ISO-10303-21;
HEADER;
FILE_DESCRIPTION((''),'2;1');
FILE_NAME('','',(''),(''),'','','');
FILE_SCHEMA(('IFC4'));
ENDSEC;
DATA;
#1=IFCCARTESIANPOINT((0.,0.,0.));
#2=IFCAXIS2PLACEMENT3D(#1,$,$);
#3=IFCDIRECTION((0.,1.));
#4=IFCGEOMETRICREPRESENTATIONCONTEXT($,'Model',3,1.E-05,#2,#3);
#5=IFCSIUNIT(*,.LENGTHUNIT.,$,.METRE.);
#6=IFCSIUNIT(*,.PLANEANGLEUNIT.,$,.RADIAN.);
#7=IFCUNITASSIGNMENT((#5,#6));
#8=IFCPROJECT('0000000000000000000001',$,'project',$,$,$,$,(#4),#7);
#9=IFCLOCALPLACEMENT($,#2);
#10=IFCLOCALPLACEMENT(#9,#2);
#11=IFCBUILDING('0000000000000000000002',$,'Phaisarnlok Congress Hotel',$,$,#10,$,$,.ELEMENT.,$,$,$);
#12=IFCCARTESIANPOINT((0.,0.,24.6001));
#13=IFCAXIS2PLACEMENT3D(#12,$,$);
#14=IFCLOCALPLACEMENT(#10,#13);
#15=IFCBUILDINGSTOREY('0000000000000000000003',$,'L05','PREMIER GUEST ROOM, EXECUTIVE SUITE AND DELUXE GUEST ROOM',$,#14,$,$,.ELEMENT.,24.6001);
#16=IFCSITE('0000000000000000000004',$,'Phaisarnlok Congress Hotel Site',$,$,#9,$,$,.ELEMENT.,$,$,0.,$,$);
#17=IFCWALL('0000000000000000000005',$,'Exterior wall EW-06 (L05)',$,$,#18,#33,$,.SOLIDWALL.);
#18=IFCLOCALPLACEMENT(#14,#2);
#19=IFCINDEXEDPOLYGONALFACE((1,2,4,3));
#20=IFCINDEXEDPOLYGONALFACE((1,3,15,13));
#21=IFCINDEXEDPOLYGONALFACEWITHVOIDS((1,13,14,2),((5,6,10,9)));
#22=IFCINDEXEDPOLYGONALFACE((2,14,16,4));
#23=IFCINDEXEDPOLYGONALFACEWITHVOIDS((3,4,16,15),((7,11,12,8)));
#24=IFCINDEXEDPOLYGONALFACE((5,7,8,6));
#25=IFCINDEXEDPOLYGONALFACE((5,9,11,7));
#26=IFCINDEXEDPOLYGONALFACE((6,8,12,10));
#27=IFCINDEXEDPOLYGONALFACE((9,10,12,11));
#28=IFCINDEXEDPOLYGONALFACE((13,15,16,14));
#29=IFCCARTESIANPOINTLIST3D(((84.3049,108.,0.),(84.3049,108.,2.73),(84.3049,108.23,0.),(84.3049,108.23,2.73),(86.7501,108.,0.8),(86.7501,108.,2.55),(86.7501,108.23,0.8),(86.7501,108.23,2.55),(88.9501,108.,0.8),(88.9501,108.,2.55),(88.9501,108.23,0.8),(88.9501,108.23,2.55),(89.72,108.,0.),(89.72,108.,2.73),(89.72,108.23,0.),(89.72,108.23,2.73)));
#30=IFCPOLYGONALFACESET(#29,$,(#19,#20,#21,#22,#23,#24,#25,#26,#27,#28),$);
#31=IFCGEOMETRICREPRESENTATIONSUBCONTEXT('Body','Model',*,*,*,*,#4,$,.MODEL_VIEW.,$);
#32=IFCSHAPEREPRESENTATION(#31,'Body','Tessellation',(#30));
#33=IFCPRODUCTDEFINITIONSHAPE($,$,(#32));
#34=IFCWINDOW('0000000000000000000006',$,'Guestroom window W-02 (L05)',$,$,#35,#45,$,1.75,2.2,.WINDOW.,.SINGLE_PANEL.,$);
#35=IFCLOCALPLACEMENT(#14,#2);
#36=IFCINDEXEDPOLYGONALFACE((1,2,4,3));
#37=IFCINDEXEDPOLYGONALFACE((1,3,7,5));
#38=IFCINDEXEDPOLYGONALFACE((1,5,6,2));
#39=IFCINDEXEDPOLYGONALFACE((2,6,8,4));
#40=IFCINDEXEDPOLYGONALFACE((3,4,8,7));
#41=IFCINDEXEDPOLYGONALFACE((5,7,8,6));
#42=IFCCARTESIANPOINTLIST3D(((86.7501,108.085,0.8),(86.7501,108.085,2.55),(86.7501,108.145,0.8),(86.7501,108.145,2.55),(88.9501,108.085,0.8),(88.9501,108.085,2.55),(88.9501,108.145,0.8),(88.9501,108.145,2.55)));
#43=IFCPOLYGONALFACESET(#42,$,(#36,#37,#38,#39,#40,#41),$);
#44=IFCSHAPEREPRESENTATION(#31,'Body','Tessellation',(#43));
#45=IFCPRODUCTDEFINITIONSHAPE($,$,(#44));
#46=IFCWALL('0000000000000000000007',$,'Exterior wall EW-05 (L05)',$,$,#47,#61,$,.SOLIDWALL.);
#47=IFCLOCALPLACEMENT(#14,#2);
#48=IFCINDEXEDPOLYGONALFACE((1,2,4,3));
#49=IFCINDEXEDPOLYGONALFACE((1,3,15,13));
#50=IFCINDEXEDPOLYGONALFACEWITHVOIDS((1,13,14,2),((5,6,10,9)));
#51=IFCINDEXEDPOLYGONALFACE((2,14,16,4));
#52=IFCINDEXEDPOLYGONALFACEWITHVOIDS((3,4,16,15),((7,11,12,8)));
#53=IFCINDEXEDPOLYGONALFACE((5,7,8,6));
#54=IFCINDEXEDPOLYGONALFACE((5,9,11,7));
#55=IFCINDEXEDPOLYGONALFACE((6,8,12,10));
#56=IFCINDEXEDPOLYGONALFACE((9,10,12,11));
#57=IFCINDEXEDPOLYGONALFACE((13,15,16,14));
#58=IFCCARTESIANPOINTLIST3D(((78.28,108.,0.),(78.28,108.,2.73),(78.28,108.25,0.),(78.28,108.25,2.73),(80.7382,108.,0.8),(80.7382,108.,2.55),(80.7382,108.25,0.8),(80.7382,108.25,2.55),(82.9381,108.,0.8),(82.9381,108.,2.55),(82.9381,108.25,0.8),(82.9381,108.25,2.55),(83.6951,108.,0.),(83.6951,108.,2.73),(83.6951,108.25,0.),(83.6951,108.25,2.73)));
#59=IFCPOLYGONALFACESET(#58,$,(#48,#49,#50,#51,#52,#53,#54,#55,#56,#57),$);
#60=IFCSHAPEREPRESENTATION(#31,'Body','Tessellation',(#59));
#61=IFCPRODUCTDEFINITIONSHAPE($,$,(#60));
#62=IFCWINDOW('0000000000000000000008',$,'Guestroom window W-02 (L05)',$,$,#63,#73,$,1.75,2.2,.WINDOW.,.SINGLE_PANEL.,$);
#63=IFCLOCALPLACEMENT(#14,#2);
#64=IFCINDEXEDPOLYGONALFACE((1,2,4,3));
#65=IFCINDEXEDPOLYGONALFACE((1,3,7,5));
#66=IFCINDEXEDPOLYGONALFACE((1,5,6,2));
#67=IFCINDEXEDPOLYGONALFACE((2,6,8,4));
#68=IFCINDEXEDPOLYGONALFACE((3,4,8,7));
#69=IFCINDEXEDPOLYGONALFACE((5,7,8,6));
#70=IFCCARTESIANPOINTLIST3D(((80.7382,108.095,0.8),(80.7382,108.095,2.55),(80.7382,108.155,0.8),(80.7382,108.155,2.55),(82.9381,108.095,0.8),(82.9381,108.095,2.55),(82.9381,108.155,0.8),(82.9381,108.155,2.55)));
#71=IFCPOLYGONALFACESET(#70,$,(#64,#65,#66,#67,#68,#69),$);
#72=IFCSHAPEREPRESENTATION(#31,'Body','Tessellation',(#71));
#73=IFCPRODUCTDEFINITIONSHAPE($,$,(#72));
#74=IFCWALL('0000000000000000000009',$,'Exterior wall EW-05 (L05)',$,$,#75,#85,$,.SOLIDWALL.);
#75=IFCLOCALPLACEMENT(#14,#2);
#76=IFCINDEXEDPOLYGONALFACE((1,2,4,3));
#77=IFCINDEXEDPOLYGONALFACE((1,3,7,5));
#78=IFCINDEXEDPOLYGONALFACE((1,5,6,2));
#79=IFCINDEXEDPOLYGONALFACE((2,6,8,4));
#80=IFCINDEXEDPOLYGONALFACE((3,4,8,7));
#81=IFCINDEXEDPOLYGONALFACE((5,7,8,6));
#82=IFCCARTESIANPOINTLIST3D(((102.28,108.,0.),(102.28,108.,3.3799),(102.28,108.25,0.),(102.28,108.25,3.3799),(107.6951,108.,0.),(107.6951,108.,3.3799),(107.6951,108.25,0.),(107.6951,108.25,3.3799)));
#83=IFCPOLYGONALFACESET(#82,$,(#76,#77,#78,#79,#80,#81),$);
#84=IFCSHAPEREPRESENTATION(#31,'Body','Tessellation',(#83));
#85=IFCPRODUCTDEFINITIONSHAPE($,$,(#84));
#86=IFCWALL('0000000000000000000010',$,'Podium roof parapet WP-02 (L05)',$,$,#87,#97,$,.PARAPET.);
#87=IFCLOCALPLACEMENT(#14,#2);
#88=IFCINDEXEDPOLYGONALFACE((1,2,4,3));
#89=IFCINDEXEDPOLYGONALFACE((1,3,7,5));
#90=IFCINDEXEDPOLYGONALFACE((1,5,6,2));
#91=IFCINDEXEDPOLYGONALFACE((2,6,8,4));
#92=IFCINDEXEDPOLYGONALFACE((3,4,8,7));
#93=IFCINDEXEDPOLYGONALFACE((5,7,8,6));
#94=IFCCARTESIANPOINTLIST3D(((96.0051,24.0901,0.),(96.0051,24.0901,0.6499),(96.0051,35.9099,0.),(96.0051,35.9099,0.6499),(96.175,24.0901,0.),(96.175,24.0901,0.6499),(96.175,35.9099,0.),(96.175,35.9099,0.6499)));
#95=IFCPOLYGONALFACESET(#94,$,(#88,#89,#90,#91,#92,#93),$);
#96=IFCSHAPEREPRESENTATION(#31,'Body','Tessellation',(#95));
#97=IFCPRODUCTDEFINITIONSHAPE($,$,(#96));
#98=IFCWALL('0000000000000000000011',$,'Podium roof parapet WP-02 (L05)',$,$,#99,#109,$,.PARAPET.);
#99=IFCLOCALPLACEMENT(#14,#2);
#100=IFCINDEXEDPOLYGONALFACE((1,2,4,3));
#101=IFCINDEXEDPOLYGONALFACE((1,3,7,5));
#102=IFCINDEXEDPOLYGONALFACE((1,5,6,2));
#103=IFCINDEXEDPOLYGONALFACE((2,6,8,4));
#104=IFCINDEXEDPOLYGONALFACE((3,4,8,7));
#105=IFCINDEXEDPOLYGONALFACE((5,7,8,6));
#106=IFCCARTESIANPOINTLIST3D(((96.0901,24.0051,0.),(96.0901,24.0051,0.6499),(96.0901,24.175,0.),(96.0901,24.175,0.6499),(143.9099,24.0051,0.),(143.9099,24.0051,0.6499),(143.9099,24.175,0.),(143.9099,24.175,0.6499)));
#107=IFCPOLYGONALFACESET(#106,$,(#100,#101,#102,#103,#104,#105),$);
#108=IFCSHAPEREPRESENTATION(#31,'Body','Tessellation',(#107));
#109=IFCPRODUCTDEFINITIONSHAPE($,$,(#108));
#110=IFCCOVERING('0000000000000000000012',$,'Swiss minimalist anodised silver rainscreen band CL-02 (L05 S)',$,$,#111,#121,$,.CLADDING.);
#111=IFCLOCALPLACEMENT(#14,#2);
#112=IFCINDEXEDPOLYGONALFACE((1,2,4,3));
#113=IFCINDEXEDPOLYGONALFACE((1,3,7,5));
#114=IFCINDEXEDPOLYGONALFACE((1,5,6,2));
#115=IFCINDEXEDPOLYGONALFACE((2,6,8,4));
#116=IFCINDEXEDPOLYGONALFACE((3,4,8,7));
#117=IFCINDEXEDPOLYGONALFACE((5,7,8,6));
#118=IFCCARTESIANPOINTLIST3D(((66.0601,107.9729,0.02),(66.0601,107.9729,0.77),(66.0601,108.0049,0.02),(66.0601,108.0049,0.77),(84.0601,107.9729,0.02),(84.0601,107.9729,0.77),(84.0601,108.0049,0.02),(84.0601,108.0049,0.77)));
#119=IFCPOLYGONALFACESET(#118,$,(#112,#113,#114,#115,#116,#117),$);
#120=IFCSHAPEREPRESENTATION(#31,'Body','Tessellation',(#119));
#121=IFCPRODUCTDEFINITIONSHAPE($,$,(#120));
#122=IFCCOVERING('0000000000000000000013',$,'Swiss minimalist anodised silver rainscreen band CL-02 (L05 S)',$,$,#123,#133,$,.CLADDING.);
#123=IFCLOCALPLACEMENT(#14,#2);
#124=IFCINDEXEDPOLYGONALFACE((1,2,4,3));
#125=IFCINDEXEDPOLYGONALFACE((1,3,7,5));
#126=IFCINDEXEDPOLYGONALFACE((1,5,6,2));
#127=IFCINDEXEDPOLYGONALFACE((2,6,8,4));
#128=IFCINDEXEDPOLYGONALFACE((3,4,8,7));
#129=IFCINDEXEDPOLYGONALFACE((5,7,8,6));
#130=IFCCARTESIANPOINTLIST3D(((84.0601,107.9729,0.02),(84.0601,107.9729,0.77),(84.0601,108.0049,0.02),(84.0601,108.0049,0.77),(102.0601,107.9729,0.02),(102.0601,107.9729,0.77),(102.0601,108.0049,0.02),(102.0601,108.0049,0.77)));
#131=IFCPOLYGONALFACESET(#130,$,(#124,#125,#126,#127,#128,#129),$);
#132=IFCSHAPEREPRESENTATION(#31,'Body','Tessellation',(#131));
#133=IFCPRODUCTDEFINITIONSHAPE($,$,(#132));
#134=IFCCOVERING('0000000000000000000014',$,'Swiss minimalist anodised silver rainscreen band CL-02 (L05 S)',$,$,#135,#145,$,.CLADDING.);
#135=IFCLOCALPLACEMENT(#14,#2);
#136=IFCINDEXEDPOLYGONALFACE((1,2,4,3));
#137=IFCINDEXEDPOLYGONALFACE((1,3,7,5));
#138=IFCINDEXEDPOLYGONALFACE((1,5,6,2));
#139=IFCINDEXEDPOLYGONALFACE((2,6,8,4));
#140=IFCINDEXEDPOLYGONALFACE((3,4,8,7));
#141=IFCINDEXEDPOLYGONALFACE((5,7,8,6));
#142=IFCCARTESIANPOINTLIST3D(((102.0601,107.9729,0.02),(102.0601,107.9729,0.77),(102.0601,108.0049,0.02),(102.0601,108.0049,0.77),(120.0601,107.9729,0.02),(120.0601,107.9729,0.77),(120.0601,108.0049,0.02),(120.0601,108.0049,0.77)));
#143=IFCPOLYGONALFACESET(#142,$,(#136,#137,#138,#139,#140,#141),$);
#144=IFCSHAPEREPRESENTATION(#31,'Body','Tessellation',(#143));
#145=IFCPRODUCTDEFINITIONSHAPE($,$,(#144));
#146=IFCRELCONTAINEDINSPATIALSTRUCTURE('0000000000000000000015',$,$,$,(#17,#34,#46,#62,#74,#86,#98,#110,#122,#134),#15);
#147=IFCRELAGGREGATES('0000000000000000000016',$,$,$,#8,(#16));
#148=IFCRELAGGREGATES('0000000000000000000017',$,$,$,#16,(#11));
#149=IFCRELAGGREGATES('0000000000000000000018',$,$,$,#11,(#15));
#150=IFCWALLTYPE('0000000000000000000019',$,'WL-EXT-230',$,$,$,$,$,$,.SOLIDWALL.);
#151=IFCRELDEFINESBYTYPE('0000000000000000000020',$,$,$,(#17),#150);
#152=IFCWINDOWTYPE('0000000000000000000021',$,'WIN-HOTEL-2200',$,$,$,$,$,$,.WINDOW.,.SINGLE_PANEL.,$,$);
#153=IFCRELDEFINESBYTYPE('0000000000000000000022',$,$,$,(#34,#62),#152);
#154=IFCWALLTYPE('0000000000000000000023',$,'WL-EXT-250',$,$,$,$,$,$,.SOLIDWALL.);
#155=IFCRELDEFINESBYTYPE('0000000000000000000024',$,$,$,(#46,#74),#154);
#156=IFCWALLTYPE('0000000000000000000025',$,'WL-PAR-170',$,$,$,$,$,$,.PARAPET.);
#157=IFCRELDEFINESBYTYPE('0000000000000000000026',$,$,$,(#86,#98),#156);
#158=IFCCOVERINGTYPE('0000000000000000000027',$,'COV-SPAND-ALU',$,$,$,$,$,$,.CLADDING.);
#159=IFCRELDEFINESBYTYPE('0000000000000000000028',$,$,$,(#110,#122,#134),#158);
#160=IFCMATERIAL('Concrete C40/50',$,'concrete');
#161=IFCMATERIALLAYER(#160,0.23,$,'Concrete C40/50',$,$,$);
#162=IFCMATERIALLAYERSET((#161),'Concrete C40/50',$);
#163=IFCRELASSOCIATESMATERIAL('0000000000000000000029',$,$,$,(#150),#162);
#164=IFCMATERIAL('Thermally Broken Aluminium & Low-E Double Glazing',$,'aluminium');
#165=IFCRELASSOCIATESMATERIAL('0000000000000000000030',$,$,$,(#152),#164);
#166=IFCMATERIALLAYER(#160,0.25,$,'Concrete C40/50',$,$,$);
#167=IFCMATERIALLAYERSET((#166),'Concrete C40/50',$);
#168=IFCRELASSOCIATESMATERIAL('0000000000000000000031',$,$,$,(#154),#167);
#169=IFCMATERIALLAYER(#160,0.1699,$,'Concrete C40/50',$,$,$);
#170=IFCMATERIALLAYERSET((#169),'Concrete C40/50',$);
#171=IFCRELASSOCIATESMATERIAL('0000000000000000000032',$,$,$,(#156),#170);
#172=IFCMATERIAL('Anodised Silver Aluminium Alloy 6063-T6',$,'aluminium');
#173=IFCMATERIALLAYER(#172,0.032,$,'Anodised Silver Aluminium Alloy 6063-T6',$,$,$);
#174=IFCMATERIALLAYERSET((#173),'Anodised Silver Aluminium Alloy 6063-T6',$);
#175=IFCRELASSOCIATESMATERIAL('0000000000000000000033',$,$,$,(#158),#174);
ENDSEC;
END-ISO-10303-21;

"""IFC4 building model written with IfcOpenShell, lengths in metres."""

from ifc_helpers import new_model, si_unit, direction, frame, frame_2d, origin, place, context, subcontext, project, spatial, polyline, rectangle, outline, extrude, material, layer, layer_set, type_object, element, fill, save


model = new_model("IFC4")

# Units and contexts
model_context = context("Model", 3, precision=1e-05, world=origin(), true_north=direction((0.0, 1.0)))
body_context = subcontext(model_context, "Body", "Model", "MODEL_VIEW")
ifc_project = project(units=[si_unit("LENGTHUNIT", "METRE"), si_unit("PLANEANGLEUNIT", "RADIAN")], contexts=[model_context])

# Site, building, storey
site_placement = place(None, origin())
site = spatial("IfcSite", under=ifc_project, at=site_placement, Name="Phaisarnlok Congress Hotel Site", CompositionType="ELEMENT", RefElevation=0.0)
building_placement = place(site_placement, origin())
building = spatial("IfcBuilding", under=site, at=building_placement, Name="Phaisarnlok Congress Hotel", CompositionType="ELEMENT")
storey_placement = place(building_placement, frame((0.0, 0.0, 24.6001)))
storey = spatial("IfcBuildingStorey", under=building, at=storey_placement, Name="L05", Description="PREMIER GUEST ROOM, EXECUTIVE SUITE AND DELUXE GUEST ROOM", CompositionType="ELEMENT", Elevation=24.6001)

# Shared definitions
ifc_material_1 = material(Name="Concrete C40/50", Category="concrete")

# Walls, openings, windows
ifc_layer_1 = layer(ifc_material_1, 0.23, Name="Concrete C40/50")
ifc_layer_set_1 = layer_set([ifc_layer_1], Name="Concrete C40/50")
wall_type_1 = type_object("IfcWallType", Name="WL-EXT-230", PredefinedType="SOLIDWALL", material=ifc_layer_set_1)
wall_1_placement = place(storey_placement, frame((84.3049, 108.115, 0.0), z_axis=(0.0, 0.0, 1.0), x_axis=(1.0, 0.0, 0.0)))
wall_1 = element("IfcWall", 1, at=wall_1_placement, inside=storey, type_object=wall_type_1, Name="Exterior wall EW-06 (L05)", PredefinedType="SOLIDWALL", context=body_context, shape_type="SweptSolid", body=[
    extrude(rectangle(XDim=5.415, YDim=0.23, at=frame_2d((2.7075, 0.0))), origin(), (0.0, 0.0, 1.0), 2.73),
])
opening_1_placement = place(wall_1_placement, frame((2.4451, 0.0, 0.8)))
opening_1 = element("IfcOpeningElement", 2, at=opening_1_placement, cuts=wall_1, PredefinedType="OPENING", context=body_context, shape_type="SweptSolid", body=[
    extrude(rectangle(XDim=2.2, YDim=1.75, at=frame_2d((1.1001, 0.875))), frame((0.0, 0.125, 0.0), z_axis=(0.0, -1.0, 0.0), x_axis=(1.0, 0.0, 0.0)), (0.0, 0.0, 1.0), 0.25),
])
ifc_material_2 = material(Name="Thermally Broken Aluminium & Low-E Double Glazing", Category="aluminium")
window_type = type_object("IfcWindowType", Name="WIN-HOTEL-2200", PartitioningType="SINGLE_PANEL", PredefinedType="WINDOW", material=ifc_material_2)
window_1_placement = place(opening_1_placement, origin())
window_1 = element("IfcWindow", 3, at=window_1_placement, inside=storey, type_object=window_type, Name="Guestroom window W-02 (L05)", OverallHeight=1.75, OverallWidth=2.2, PartitioningType="SINGLE_PANEL", PredefinedType="WINDOW", context=body_context, shape_type="SweptSolid", body=[
    extrude(rectangle(XDim=2.2, YDim=1.75, at=frame_2d((1.1001, 0.875))), frame((0.0, 0.03, 0.0), z_axis=(0.0, -1.0, 0.0), x_axis=(1.0, 0.0, 0.0)), (0.0, 0.0, 1.0), 0.0601),
])
fill(opening_1, window_1)
ifc_layer_2 = layer(ifc_material_1, 0.25, Name="Concrete C40/50")
ifc_layer_set_2 = layer_set([ifc_layer_2], Name="Concrete C40/50")
wall_type_2 = type_object("IfcWallType", Name="WL-EXT-250", PredefinedType="SOLIDWALL", material=ifc_layer_set_2)
wall_2_placement = place(storey_placement, frame((78.28, 108.125, 0.0), z_axis=(0.0, 0.0, 1.0), x_axis=(1.0, 0.0, 0.0)))
wall_2 = element("IfcWall", 4, at=wall_2_placement, inside=storey, type_object=wall_type_2, Name="Exterior wall EW-05 (L05)", PredefinedType="SOLIDWALL", context=body_context, shape_type="SweptSolid", body=[
    extrude(rectangle(XDim=5.415, YDim=0.25, at=frame_2d((2.7075, 0.0))), origin(), (0.0, 0.0, 1.0), 2.73),
])
opening_2_placement = place(wall_2_placement, frame((2.458, 0.0, 0.8)))
opening_2 = element("IfcOpeningElement", 5, at=opening_2_placement, cuts=wall_2, PredefinedType="OPENING", context=body_context, shape_type="SweptSolid", body=[
    extrude(rectangle(XDim=2.2, YDim=1.75, at=frame_2d((1.1001, 0.875))), frame((0.0, 0.135, 0.0), z_axis=(0.0, -1.0, 0.0), x_axis=(1.0, 0.0, 0.0)), (0.0, 0.0, 1.0), 0.27),
])
window_2_placement = place(opening_2_placement, origin())
window_2 = element("IfcWindow", 6, at=window_2_placement, inside=storey, type_object=window_type, Name="Guestroom window W-02 (L05)", OverallHeight=1.75, OverallWidth=2.2, PartitioningType="SINGLE_PANEL", PredefinedType="WINDOW", context=body_context, shape_type="SweptSolid", body=[
    extrude(rectangle(XDim=2.2, YDim=1.75, at=frame_2d((1.1001, 0.875))), frame((0.0, 0.03, 0.0), z_axis=(0.0, -1.0, 0.0), x_axis=(1.0, 0.0, 0.0)), (0.0, 0.0, 1.0), 0.0601),
])
fill(opening_2, window_2)

# Walls
wall_3_placement = place(storey_placement, frame((102.28, 108.125, 0.0), z_axis=(0.0, 0.0, 1.0), x_axis=(1.0, 0.0, 0.0)))
element("IfcWall", 7, at=wall_3_placement, inside=storey, type_object=wall_type_2, Name="Exterior wall EW-05 (L05)", PredefinedType="SOLIDWALL", context=body_context, shape_type="SweptSolid", body=[
    extrude(rectangle(XDim=5.415, YDim=0.25, at=frame_2d((2.7075, 0.0))), origin(), (0.0, 0.0, 1.0), 3.3799),
])
ifc_layer_3 = layer(ifc_material_1, 0.1699, Name="Concrete C40/50")
ifc_layer_set_3 = layer_set([ifc_layer_3], Name="Concrete C40/50")
wall_type_3 = type_object("IfcWallType", Name="WL-PAR-170", PredefinedType="PARAPET", material=ifc_layer_set_3)
wall_4_placement = place(storey_placement, frame((96.0901, 35.9099, 0.0), z_axis=(0.0, 0.0, 1.0), x_axis=(0.0, -1.0, 0.0)))
element("IfcWall", 8, at=wall_4_placement, inside=storey, type_object=wall_type_3, Name="Podium roof parapet WP-02 (L05)", PredefinedType="PARAPET", context=body_context, shape_type="SweptSolid", body=[
    extrude(rectangle(XDim=11.8198, YDim=0.1699, at=frame_2d((5.9099, 0.0))), origin(), (0.0, 0.0, 1.0), 0.6499),
])
wall_5_placement = place(storey_placement, frame((96.0901, 24.0901, 0.0), z_axis=(0.0, 0.0, 1.0), x_axis=(1.0, 0.0, 0.0)))
element("IfcWall", 9, at=wall_5_placement, inside=storey, type_object=wall_type_3, Name="Podium roof parapet WP-02 (L05)", PredefinedType="PARAPET", context=body_context, shape_type="SweptSolid", body=[
    extrude(rectangle(XDim=47.8198, YDim=0.1699, at=frame_2d((23.9099, 0.0))), origin(), (0.0, 0.0, 1.0), 0.6499),
])

# Coverings
ifc_material_3 = material(Name="Anodised Silver Aluminium Alloy 6063-T6", Category="aluminium")
ifc_layer_4 = layer(ifc_material_3, 0.032, Name="Anodised Silver Aluminium Alloy 6063-T6")
ifc_layer_set_4 = layer_set([ifc_layer_4], Name="Anodised Silver Aluminium Alloy 6063-T6")
covering_type = type_object("IfcCoveringType", Name="COV-SPAND-ALU", PredefinedType="CLADDING", material=ifc_layer_set_4)
for number, where, z_axis, x_axis, name in (
    (10, (66.0601, 108.0049, 0.02), (0.0, -1.0, 0.0), (1.0, 0.0, 0.0), "Swiss minimalist anodised silver rainscreen band CL-02 (L05 S)"),
    (11, (84.0601, 108.0049, 0.02), (0.0, -1.0, 0.0), (1.0, 0.0, 0.0), "Swiss minimalist anodised silver rainscreen band CL-02 (L05 S)"),
    (12, (102.0601, 108.0049, 0.02), (0.0, -1.0, 0.0), (1.0, 0.0, 0.0), "Swiss minimalist anodised silver rainscreen band CL-02 (L05 S)"),
):
    element("IfcCovering", number, at=place(storey_placement, frame(where, z_axis=z_axis, x_axis=x_axis)), inside=storey, type_object=covering_type, Name=name, PredefinedType="CLADDING", context=body_context, shape_type="SweptSolid", body=[
        extrude(outline(polyline([(0.0, 0.0), (18.0, 0.0), (18.0, 0.75), (0.0, 0.75), (0.0, 0.0)])), origin(), (0.0, 0.0, 1.0), 0.032),
    ])

save(model, "model.ifc")
